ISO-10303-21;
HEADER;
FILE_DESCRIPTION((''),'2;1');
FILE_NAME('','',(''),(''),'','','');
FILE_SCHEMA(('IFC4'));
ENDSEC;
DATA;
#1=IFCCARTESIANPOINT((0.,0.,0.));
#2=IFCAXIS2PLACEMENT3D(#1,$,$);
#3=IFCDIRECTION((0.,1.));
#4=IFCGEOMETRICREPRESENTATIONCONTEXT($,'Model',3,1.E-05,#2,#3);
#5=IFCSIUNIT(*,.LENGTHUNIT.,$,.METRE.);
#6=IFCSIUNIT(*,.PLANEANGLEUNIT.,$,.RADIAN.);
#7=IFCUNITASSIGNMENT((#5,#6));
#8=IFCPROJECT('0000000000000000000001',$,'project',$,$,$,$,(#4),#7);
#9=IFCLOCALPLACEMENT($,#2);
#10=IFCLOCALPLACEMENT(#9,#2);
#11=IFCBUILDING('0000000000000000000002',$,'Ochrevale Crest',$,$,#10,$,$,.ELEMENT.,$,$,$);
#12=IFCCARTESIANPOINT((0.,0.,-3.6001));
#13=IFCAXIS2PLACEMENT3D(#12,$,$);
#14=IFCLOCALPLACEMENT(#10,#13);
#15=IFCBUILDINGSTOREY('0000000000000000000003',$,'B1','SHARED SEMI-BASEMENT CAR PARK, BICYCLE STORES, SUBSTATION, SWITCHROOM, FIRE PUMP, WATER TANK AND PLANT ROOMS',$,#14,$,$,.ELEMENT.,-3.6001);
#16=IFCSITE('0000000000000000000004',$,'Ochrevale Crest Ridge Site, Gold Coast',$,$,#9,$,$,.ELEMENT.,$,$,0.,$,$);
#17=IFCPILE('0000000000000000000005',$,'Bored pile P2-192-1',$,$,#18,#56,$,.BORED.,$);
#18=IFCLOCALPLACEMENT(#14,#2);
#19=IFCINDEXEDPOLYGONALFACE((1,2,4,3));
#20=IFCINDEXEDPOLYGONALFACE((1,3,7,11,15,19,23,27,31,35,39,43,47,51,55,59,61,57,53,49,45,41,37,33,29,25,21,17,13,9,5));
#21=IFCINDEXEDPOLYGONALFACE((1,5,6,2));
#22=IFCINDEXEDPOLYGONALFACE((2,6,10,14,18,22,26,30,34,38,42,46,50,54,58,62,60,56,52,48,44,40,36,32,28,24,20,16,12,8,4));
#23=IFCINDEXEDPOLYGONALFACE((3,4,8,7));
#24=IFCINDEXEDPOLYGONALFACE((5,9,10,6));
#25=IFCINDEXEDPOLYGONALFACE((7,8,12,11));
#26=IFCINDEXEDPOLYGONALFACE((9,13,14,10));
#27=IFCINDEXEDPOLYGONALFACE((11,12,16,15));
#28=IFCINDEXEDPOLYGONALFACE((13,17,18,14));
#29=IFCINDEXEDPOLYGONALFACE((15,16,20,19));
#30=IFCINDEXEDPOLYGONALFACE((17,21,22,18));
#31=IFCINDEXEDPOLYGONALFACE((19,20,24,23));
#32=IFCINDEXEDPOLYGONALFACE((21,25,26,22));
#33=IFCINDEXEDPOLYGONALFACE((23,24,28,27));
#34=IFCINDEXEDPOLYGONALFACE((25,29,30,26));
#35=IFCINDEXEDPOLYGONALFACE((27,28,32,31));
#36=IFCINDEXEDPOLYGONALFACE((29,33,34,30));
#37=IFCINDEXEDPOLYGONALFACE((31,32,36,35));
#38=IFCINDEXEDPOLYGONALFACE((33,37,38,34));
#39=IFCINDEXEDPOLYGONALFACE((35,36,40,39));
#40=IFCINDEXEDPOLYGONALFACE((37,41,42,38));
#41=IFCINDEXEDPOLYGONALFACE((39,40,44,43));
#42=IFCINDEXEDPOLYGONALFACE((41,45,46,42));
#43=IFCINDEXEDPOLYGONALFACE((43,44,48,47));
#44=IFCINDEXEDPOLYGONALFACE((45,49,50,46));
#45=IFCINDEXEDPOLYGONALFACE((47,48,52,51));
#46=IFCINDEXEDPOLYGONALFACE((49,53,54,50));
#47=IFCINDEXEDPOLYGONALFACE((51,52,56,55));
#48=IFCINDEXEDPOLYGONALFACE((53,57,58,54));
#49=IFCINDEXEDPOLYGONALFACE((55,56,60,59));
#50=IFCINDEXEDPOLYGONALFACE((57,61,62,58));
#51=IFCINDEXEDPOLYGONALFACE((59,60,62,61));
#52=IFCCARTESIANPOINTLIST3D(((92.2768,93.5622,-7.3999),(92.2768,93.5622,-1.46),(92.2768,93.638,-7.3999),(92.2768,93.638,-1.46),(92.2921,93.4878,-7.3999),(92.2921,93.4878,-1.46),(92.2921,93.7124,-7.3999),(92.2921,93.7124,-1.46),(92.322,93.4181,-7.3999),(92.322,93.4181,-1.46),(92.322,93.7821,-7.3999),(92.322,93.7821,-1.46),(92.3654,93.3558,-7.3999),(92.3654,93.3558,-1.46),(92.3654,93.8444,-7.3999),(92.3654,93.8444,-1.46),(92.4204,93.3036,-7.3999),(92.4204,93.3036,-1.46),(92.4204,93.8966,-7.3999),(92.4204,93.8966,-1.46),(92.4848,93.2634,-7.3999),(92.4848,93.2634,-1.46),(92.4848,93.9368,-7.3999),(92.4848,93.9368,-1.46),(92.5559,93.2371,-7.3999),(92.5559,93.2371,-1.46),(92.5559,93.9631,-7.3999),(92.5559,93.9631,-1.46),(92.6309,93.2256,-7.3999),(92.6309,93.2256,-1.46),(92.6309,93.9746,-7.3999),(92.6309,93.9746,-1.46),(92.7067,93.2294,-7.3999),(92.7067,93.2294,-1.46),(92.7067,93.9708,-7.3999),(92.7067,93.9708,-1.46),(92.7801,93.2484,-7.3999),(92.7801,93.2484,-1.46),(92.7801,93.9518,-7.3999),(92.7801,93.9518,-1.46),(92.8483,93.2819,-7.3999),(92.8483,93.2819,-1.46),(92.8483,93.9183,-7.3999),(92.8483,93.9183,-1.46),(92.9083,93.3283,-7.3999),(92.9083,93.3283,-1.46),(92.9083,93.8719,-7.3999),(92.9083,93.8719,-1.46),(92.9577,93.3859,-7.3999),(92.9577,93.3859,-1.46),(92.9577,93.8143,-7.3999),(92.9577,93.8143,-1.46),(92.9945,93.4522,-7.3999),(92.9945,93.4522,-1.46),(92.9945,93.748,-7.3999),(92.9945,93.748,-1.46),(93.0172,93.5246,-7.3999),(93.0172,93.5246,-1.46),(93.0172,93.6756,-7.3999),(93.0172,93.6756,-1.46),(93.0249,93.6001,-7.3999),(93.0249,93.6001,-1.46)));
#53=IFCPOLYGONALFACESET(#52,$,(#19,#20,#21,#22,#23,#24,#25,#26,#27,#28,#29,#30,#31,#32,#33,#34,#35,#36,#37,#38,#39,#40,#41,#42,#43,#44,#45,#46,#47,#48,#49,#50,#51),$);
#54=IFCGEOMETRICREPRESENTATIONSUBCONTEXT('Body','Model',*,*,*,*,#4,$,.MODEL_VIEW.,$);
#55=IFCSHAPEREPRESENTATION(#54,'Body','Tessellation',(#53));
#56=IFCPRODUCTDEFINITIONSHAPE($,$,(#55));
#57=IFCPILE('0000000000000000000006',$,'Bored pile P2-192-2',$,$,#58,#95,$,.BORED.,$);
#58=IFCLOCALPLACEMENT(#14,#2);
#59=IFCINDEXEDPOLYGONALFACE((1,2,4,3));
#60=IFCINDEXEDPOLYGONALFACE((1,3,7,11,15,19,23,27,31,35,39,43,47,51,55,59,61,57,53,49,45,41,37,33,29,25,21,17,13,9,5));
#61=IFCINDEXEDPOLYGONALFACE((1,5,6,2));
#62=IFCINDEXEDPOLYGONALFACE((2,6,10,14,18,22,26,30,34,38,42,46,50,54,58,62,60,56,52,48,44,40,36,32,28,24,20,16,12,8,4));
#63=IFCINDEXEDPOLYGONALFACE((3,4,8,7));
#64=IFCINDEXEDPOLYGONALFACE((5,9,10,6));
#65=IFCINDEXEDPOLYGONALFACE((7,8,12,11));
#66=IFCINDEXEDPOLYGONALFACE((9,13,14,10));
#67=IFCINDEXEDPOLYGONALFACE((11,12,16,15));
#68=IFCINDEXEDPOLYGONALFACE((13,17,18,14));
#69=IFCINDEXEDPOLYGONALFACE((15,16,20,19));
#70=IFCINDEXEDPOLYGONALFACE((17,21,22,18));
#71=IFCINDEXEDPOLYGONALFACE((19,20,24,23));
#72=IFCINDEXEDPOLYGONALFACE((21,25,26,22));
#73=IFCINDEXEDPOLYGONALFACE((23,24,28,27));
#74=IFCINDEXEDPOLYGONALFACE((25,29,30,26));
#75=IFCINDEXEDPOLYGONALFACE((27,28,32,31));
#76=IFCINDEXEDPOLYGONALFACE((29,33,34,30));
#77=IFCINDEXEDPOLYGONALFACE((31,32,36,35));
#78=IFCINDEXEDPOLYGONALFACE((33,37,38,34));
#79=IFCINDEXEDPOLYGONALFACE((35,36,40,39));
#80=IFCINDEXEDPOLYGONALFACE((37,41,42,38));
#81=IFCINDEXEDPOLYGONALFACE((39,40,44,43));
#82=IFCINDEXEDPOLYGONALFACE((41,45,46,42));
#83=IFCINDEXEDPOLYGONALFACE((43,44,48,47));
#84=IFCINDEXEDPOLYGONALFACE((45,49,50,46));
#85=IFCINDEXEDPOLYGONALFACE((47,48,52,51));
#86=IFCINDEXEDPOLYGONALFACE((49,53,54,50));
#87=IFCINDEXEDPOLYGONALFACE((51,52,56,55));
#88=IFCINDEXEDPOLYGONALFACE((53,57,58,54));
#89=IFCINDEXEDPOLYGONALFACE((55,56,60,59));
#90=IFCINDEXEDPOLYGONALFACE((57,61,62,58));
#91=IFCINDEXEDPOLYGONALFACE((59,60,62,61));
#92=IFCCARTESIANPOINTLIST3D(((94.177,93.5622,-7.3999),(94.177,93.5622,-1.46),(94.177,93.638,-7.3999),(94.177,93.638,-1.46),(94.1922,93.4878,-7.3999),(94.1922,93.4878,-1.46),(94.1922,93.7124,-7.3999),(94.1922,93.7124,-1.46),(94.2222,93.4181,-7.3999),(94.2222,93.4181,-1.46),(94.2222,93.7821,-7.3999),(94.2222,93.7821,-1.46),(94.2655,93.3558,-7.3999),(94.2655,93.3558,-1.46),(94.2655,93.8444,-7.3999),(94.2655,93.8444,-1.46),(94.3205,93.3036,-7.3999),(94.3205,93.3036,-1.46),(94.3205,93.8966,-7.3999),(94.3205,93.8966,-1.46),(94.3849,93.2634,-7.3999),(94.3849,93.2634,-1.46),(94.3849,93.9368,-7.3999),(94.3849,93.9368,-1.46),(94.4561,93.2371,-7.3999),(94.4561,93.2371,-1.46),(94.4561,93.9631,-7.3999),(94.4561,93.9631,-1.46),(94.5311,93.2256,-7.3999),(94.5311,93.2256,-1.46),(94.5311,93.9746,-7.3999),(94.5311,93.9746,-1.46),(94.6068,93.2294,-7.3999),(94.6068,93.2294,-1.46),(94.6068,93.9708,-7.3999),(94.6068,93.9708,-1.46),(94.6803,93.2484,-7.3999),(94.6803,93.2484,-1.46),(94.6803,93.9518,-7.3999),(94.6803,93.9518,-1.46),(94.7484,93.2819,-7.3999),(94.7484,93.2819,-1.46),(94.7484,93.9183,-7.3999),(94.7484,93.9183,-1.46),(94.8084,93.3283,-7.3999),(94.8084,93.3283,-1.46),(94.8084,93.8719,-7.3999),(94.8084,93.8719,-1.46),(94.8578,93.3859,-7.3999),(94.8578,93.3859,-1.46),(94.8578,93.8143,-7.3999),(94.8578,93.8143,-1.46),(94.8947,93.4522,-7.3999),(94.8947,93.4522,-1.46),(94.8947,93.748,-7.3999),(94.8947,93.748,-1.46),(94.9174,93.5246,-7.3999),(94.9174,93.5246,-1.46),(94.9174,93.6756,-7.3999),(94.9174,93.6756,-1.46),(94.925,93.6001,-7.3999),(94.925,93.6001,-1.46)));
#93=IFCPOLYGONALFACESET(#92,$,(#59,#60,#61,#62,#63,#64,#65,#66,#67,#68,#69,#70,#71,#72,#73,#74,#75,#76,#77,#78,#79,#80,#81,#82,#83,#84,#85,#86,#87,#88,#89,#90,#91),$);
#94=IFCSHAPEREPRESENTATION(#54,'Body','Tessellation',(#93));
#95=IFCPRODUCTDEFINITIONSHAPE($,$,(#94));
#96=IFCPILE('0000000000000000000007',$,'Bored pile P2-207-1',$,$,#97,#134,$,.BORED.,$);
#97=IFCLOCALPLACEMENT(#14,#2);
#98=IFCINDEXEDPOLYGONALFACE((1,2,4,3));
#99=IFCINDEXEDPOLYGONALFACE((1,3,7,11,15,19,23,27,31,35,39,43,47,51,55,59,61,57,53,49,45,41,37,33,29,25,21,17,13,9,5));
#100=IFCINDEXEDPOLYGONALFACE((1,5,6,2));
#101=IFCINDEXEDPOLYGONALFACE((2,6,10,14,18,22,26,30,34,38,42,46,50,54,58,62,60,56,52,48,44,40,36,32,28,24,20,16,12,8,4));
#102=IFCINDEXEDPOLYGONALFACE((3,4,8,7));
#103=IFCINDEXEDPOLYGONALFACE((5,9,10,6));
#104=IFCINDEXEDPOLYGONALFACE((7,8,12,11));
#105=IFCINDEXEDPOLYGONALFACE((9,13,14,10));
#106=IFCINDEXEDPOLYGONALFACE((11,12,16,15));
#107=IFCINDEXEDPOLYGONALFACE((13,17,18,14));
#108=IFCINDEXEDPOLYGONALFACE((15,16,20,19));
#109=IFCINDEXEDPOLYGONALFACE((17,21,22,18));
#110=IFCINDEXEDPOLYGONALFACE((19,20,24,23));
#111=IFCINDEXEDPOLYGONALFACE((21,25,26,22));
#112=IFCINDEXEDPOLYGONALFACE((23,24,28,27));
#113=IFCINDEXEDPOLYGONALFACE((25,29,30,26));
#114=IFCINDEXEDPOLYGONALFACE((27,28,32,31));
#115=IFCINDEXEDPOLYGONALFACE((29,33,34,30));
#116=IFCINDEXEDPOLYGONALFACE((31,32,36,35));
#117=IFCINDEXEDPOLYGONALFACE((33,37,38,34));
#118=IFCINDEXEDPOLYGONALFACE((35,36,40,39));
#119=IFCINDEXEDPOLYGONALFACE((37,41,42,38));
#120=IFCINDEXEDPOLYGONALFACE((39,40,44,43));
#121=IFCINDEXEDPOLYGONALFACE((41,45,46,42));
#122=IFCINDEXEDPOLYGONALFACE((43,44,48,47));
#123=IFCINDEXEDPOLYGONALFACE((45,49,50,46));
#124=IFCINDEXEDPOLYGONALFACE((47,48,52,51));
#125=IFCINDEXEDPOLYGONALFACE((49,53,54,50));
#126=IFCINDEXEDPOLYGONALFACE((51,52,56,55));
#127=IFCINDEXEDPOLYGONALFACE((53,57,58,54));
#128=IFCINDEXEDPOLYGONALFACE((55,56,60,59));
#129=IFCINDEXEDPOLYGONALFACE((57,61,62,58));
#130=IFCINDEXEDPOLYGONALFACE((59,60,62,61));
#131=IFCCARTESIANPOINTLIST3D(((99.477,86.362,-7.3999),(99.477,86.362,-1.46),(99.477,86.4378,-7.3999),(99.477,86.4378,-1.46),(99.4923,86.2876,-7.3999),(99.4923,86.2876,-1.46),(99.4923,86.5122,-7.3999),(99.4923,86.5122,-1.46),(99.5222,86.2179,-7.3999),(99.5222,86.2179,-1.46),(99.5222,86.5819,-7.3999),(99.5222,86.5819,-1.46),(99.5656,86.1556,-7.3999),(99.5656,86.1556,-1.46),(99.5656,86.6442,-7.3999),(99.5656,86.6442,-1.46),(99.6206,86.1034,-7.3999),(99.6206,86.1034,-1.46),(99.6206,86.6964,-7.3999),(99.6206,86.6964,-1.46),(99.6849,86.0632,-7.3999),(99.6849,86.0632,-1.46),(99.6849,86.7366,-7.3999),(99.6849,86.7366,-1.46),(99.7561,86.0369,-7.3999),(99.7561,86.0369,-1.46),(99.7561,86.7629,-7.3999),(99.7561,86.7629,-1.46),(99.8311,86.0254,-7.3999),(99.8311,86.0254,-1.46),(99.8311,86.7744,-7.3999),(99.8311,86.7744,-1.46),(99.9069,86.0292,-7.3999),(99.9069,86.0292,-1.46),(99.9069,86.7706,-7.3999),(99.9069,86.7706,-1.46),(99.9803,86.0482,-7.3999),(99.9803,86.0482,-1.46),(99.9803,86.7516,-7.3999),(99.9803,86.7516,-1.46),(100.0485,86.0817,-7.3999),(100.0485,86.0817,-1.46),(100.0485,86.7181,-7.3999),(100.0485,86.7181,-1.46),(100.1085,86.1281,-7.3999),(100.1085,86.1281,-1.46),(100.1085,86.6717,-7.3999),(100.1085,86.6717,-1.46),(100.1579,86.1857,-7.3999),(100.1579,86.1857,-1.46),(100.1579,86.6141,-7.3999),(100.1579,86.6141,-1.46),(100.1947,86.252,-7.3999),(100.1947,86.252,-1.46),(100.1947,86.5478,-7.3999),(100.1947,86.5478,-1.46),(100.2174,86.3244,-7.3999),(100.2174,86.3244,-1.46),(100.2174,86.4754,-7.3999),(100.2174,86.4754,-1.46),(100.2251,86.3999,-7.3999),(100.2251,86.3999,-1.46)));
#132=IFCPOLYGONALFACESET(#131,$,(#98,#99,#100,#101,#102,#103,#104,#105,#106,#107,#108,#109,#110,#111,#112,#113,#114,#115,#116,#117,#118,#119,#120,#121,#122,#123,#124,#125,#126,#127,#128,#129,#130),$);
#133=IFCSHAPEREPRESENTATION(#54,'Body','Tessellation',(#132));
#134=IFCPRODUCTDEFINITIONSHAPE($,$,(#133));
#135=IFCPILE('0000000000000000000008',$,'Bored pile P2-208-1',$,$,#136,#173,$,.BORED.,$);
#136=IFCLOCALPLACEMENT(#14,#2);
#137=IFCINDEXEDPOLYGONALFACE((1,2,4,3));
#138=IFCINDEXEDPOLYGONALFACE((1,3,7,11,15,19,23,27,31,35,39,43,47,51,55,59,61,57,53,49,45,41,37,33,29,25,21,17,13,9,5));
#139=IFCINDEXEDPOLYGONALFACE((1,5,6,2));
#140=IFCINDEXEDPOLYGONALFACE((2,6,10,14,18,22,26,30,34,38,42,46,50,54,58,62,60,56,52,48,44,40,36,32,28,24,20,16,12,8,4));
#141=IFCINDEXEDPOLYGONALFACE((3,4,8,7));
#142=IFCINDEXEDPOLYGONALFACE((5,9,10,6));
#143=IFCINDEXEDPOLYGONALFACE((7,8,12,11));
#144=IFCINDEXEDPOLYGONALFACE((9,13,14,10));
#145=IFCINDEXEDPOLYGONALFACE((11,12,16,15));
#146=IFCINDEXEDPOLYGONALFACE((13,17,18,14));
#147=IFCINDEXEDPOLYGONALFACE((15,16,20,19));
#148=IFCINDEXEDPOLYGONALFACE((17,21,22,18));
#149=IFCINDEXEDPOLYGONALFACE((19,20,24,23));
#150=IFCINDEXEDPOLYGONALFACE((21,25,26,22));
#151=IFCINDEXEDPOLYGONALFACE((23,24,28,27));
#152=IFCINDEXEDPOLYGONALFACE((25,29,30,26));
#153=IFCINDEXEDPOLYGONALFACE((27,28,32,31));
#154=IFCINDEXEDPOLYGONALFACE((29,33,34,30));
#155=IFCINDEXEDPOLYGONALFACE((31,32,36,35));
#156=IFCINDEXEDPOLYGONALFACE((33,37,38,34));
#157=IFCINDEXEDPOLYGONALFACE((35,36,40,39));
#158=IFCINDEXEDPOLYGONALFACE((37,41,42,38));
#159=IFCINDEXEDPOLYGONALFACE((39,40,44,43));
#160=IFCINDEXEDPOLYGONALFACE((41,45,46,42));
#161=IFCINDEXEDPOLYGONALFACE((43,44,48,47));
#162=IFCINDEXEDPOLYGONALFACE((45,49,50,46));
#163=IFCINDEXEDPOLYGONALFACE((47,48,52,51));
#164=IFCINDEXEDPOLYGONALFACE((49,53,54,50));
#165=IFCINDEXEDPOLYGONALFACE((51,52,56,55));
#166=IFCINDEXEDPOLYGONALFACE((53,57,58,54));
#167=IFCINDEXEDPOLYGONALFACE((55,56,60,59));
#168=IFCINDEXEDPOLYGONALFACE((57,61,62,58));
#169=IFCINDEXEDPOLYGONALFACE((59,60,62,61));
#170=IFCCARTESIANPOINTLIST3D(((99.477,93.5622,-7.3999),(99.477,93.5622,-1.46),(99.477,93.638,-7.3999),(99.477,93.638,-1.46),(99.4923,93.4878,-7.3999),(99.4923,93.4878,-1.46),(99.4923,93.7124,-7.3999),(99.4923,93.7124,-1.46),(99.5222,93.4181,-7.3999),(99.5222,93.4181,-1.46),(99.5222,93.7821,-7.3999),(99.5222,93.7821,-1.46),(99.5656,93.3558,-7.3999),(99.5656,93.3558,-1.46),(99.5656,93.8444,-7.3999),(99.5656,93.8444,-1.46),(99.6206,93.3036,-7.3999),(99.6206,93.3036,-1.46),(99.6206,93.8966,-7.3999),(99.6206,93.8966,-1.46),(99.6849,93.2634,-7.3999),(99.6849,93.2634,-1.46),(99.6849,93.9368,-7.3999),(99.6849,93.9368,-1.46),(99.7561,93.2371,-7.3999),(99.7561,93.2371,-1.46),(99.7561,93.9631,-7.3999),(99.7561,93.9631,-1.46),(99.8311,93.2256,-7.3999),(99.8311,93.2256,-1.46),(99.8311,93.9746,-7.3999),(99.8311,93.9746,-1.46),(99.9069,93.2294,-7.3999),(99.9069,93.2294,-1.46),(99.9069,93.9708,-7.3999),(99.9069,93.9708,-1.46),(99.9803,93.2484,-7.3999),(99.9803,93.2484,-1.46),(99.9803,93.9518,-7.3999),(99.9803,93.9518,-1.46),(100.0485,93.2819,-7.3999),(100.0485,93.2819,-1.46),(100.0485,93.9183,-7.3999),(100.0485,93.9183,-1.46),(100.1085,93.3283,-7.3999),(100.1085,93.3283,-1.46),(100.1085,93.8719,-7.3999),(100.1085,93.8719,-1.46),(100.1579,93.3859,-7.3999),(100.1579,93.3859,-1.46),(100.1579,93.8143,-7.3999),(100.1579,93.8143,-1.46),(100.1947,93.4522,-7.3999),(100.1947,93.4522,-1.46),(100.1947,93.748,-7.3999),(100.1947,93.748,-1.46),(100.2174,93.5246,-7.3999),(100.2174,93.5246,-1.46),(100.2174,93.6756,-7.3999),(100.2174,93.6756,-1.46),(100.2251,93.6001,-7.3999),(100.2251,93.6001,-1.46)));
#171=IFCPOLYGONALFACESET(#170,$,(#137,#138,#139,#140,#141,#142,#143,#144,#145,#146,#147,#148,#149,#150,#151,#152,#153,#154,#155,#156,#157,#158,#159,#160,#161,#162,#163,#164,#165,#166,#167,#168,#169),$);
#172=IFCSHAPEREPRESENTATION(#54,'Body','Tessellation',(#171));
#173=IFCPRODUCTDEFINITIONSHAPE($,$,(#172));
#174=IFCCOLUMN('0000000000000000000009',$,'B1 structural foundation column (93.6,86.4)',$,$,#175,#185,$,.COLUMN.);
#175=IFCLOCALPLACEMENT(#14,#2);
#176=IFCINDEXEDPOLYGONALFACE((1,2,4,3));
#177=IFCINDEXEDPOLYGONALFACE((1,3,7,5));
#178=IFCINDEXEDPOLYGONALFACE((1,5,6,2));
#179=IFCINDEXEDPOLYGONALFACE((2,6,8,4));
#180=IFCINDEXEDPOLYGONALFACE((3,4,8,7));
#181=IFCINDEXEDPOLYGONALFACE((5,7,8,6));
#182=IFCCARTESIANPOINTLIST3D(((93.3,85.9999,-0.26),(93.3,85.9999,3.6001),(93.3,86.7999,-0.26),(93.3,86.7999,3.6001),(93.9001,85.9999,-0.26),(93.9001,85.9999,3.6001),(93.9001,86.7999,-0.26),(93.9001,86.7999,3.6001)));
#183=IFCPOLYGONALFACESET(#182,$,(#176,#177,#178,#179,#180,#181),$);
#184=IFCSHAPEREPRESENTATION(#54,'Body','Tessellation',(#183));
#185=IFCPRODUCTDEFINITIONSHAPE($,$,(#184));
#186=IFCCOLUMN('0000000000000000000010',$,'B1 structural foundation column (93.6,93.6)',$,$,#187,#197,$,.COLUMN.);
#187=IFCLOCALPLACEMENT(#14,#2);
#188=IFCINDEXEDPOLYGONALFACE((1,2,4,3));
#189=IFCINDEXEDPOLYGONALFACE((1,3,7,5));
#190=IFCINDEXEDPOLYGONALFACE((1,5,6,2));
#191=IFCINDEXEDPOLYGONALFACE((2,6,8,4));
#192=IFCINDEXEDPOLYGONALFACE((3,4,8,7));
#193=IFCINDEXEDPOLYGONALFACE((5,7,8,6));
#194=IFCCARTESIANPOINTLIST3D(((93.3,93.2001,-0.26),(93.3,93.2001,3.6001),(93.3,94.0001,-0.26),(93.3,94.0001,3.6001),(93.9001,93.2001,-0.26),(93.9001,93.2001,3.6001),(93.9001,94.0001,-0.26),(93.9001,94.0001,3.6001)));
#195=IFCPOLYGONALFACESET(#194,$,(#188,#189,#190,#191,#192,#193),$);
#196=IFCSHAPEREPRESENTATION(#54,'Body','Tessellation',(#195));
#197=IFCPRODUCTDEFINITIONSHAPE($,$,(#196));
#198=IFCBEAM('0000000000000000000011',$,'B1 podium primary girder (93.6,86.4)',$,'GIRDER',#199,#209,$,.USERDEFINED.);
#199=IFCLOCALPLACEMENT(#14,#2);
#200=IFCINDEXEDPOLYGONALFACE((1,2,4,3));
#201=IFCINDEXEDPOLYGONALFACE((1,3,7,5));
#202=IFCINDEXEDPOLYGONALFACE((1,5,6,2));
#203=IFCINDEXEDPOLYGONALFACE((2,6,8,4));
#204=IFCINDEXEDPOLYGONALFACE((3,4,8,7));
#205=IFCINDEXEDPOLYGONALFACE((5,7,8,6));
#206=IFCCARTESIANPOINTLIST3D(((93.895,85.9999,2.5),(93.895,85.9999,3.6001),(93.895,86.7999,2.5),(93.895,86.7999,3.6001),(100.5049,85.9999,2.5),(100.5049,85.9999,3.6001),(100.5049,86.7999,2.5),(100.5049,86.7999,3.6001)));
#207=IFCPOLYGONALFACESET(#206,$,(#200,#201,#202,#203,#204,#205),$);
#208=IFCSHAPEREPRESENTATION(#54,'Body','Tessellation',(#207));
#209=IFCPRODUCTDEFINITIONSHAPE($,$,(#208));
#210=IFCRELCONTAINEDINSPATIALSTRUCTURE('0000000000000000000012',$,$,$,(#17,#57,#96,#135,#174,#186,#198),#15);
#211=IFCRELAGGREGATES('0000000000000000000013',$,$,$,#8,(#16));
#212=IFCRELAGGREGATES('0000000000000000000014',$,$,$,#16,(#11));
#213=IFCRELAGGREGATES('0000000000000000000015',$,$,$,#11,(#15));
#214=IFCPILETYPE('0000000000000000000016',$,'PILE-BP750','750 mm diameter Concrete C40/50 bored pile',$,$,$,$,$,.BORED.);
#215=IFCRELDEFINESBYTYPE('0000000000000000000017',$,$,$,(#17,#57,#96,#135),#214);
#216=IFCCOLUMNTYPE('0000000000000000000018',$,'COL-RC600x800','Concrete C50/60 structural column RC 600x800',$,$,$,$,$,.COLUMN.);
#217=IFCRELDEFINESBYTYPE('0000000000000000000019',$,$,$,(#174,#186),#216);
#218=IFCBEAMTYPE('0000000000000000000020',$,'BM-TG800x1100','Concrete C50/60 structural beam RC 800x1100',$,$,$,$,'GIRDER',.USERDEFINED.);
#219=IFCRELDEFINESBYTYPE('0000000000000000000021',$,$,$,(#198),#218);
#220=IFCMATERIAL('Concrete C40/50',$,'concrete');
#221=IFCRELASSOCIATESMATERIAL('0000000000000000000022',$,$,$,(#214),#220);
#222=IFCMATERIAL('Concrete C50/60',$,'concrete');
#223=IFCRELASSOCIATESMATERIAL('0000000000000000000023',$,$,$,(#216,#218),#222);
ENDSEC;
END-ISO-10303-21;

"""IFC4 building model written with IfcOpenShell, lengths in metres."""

from ifc_helpers import new_model, si_unit, direction, frame, origin, origin_2d, place, context, subcontext, project, spatial, rectangle, circle, extrude, material, material_profile, profile_set, type_object, element, save


model = new_model("IFC4")

# Units and contexts
model_context = context("Model", 3, precision=1e-05, world=origin(), true_north=direction((0.0, 1.0)))
body_context = subcontext(model_context, "Body", "Model", "MODEL_VIEW")
ifc_project = project(units=[si_unit("LENGTHUNIT", "METRE"), si_unit("PLANEANGLEUNIT", "RADIAN")], contexts=[model_context])

# Site, building, storey
site_placement = place(None, origin())
site = spatial("IfcSite", under=ifc_project, at=site_placement, Name="Ochrevale Crest Ridge Site, Gold Coast", CompositionType="ELEMENT", RefElevation=0.0)
building_placement = place(site_placement, origin())
building = spatial("IfcBuilding", under=site, at=building_placement, Name="Ochrevale Crest", CompositionType="ELEMENT")
storey_placement = place(building_placement, frame((0.0, 0.0, -3.6001)))
storey = spatial("IfcBuildingStorey", under=building, at=storey_placement, Name="B1", Description="SHARED SEMI-BASEMENT CAR PARK, BICYCLE STORES, SUBSTATION, SWITCHROOM, FIRE PUMP, WATER TANK AND PLANT ROOMS", CompositionType="ELEMENT", Elevation=-3.6001)

# Shared definitions
ifc_material_1 = material(Name="Concrete C40/50", Category="concrete")

# Piles
ifc_material_profile_1 = material_profile(ifc_material_1, circle(Radius=0.375, at=origin_2d()), Name="BORED PILE 750")
ifc_profile_set_1 = profile_set([ifc_material_profile_1], Name="Concrete C40/50")
pile_type = type_object("IfcPileType", Name="PILE-BP750", Description="750 mm diameter Concrete C40/50 bored pile", PredefinedType="BORED", material=ifc_profile_set_1)
for number, where, z_axis, x_axis, name in (
    (1, (92.6499, 93.6001, -1.46), (0.0, 0.0, -1.0), (1.0, 0.0, 0.0), "Bored pile P2-192-1"),
    (2, (94.55, 93.6001, -1.46), (0.0, 0.0, -1.0), (1.0, 0.0, 0.0), "Bored pile P2-192-2"),
    (3, (99.8501, 86.3999, -1.46), (0.0, 0.0, -1.0), (1.0, 0.0, 0.0), "Bored pile P2-207-1"),
    (4, (99.8501, 93.6001, -1.46), (0.0, 0.0, -1.0), (1.0, 0.0, 0.0), "Bored pile P2-208-1"),
):
    element("IfcPile", number, at=place(storey_placement, frame(where, z_axis=z_axis, x_axis=x_axis)), inside=storey, type_object=pile_type, Name=name, PredefinedType="BORED", context=body_context, shape_type="SweptSolid", body=[
        extrude(circle(Radius=0.375, at=origin_2d()), origin(), (0.0, 0.0, 1.0), 5.9399),
    ])

# Columns
ifc_material_2 = material(Name="Concrete C50/60", Category="concrete")
ifc_material_profile_2 = material_profile(ifc_material_2, rectangle(XDim=0.6001, YDim=0.8, at=origin_2d()), Name="RC 600x800")
ifc_profile_set_2 = profile_set([ifc_material_profile_2], Name="Concrete C50/60")
column_type = type_object("IfcColumnType", Name="COL-RC600x800", Description="Concrete C50/60 structural column RC 600x800", PredefinedType="COLUMN", material=ifc_profile_set_2)
for number, where, z_axis, x_axis, name in (
    (5, (93.6001, 86.3999, -0.26), (0.0, 0.0, 1.0), (1.0, 0.0, 0.0), "B1 structural foundation column (93.6,86.4)"),
    (6, (93.6001, 93.6001, -0.26), (0.0, 0.0, 1.0), (1.0, 0.0, 0.0), "B1 structural foundation column (93.6,93.6)"),
):
    element("IfcColumn", number, at=place(storey_placement, frame(where, z_axis=z_axis, x_axis=x_axis)), inside=storey, type_object=column_type, Name=name, PredefinedType="COLUMN", context=body_context, shape_type="SweptSolid", body=[
        extrude(rectangle(XDim=0.6001, YDim=0.8, at=origin_2d()), origin(), (0.0, 0.0, 1.0), 3.8601),
    ])

# Beam
ifc_material_profile_3 = material_profile(ifc_material_2, rectangle(XDim=0.8, YDim=1.1001, at=origin_2d()), Name="RC 800x1100")
ifc_profile_set_3 = profile_set([ifc_material_profile_3], Name="Concrete C50/60")
beam_type_1 = type_object("IfcBeamType", Name="BM-TG800x1100", Description="Concrete C50/60 structural beam RC 800x1100", ElementType="GIRDER", PredefinedType="USERDEFINED", material=ifc_profile_set_3)
beam_1_placement = place(storey_placement, frame((93.895, 86.3999, 3.05), z_axis=(1.0, 0.0, 0.0), x_axis=(0.0, 1.0, 0.0)))
element("IfcBeam", 7, at=beam_1_placement, inside=storey, type_object=beam_type_1, Name="B1 podium primary girder (93.6,86.4)", ObjectType="GIRDER", PredefinedType="USERDEFINED", context=body_context, shape_type="SweptSolid", body=[
    extrude(rectangle(XDim=0.8, YDim=1.1001, at=origin_2d()), origin(), (0.0, 0.0, 1.0), 6.6099),
])

save(model, "model.ifc")
